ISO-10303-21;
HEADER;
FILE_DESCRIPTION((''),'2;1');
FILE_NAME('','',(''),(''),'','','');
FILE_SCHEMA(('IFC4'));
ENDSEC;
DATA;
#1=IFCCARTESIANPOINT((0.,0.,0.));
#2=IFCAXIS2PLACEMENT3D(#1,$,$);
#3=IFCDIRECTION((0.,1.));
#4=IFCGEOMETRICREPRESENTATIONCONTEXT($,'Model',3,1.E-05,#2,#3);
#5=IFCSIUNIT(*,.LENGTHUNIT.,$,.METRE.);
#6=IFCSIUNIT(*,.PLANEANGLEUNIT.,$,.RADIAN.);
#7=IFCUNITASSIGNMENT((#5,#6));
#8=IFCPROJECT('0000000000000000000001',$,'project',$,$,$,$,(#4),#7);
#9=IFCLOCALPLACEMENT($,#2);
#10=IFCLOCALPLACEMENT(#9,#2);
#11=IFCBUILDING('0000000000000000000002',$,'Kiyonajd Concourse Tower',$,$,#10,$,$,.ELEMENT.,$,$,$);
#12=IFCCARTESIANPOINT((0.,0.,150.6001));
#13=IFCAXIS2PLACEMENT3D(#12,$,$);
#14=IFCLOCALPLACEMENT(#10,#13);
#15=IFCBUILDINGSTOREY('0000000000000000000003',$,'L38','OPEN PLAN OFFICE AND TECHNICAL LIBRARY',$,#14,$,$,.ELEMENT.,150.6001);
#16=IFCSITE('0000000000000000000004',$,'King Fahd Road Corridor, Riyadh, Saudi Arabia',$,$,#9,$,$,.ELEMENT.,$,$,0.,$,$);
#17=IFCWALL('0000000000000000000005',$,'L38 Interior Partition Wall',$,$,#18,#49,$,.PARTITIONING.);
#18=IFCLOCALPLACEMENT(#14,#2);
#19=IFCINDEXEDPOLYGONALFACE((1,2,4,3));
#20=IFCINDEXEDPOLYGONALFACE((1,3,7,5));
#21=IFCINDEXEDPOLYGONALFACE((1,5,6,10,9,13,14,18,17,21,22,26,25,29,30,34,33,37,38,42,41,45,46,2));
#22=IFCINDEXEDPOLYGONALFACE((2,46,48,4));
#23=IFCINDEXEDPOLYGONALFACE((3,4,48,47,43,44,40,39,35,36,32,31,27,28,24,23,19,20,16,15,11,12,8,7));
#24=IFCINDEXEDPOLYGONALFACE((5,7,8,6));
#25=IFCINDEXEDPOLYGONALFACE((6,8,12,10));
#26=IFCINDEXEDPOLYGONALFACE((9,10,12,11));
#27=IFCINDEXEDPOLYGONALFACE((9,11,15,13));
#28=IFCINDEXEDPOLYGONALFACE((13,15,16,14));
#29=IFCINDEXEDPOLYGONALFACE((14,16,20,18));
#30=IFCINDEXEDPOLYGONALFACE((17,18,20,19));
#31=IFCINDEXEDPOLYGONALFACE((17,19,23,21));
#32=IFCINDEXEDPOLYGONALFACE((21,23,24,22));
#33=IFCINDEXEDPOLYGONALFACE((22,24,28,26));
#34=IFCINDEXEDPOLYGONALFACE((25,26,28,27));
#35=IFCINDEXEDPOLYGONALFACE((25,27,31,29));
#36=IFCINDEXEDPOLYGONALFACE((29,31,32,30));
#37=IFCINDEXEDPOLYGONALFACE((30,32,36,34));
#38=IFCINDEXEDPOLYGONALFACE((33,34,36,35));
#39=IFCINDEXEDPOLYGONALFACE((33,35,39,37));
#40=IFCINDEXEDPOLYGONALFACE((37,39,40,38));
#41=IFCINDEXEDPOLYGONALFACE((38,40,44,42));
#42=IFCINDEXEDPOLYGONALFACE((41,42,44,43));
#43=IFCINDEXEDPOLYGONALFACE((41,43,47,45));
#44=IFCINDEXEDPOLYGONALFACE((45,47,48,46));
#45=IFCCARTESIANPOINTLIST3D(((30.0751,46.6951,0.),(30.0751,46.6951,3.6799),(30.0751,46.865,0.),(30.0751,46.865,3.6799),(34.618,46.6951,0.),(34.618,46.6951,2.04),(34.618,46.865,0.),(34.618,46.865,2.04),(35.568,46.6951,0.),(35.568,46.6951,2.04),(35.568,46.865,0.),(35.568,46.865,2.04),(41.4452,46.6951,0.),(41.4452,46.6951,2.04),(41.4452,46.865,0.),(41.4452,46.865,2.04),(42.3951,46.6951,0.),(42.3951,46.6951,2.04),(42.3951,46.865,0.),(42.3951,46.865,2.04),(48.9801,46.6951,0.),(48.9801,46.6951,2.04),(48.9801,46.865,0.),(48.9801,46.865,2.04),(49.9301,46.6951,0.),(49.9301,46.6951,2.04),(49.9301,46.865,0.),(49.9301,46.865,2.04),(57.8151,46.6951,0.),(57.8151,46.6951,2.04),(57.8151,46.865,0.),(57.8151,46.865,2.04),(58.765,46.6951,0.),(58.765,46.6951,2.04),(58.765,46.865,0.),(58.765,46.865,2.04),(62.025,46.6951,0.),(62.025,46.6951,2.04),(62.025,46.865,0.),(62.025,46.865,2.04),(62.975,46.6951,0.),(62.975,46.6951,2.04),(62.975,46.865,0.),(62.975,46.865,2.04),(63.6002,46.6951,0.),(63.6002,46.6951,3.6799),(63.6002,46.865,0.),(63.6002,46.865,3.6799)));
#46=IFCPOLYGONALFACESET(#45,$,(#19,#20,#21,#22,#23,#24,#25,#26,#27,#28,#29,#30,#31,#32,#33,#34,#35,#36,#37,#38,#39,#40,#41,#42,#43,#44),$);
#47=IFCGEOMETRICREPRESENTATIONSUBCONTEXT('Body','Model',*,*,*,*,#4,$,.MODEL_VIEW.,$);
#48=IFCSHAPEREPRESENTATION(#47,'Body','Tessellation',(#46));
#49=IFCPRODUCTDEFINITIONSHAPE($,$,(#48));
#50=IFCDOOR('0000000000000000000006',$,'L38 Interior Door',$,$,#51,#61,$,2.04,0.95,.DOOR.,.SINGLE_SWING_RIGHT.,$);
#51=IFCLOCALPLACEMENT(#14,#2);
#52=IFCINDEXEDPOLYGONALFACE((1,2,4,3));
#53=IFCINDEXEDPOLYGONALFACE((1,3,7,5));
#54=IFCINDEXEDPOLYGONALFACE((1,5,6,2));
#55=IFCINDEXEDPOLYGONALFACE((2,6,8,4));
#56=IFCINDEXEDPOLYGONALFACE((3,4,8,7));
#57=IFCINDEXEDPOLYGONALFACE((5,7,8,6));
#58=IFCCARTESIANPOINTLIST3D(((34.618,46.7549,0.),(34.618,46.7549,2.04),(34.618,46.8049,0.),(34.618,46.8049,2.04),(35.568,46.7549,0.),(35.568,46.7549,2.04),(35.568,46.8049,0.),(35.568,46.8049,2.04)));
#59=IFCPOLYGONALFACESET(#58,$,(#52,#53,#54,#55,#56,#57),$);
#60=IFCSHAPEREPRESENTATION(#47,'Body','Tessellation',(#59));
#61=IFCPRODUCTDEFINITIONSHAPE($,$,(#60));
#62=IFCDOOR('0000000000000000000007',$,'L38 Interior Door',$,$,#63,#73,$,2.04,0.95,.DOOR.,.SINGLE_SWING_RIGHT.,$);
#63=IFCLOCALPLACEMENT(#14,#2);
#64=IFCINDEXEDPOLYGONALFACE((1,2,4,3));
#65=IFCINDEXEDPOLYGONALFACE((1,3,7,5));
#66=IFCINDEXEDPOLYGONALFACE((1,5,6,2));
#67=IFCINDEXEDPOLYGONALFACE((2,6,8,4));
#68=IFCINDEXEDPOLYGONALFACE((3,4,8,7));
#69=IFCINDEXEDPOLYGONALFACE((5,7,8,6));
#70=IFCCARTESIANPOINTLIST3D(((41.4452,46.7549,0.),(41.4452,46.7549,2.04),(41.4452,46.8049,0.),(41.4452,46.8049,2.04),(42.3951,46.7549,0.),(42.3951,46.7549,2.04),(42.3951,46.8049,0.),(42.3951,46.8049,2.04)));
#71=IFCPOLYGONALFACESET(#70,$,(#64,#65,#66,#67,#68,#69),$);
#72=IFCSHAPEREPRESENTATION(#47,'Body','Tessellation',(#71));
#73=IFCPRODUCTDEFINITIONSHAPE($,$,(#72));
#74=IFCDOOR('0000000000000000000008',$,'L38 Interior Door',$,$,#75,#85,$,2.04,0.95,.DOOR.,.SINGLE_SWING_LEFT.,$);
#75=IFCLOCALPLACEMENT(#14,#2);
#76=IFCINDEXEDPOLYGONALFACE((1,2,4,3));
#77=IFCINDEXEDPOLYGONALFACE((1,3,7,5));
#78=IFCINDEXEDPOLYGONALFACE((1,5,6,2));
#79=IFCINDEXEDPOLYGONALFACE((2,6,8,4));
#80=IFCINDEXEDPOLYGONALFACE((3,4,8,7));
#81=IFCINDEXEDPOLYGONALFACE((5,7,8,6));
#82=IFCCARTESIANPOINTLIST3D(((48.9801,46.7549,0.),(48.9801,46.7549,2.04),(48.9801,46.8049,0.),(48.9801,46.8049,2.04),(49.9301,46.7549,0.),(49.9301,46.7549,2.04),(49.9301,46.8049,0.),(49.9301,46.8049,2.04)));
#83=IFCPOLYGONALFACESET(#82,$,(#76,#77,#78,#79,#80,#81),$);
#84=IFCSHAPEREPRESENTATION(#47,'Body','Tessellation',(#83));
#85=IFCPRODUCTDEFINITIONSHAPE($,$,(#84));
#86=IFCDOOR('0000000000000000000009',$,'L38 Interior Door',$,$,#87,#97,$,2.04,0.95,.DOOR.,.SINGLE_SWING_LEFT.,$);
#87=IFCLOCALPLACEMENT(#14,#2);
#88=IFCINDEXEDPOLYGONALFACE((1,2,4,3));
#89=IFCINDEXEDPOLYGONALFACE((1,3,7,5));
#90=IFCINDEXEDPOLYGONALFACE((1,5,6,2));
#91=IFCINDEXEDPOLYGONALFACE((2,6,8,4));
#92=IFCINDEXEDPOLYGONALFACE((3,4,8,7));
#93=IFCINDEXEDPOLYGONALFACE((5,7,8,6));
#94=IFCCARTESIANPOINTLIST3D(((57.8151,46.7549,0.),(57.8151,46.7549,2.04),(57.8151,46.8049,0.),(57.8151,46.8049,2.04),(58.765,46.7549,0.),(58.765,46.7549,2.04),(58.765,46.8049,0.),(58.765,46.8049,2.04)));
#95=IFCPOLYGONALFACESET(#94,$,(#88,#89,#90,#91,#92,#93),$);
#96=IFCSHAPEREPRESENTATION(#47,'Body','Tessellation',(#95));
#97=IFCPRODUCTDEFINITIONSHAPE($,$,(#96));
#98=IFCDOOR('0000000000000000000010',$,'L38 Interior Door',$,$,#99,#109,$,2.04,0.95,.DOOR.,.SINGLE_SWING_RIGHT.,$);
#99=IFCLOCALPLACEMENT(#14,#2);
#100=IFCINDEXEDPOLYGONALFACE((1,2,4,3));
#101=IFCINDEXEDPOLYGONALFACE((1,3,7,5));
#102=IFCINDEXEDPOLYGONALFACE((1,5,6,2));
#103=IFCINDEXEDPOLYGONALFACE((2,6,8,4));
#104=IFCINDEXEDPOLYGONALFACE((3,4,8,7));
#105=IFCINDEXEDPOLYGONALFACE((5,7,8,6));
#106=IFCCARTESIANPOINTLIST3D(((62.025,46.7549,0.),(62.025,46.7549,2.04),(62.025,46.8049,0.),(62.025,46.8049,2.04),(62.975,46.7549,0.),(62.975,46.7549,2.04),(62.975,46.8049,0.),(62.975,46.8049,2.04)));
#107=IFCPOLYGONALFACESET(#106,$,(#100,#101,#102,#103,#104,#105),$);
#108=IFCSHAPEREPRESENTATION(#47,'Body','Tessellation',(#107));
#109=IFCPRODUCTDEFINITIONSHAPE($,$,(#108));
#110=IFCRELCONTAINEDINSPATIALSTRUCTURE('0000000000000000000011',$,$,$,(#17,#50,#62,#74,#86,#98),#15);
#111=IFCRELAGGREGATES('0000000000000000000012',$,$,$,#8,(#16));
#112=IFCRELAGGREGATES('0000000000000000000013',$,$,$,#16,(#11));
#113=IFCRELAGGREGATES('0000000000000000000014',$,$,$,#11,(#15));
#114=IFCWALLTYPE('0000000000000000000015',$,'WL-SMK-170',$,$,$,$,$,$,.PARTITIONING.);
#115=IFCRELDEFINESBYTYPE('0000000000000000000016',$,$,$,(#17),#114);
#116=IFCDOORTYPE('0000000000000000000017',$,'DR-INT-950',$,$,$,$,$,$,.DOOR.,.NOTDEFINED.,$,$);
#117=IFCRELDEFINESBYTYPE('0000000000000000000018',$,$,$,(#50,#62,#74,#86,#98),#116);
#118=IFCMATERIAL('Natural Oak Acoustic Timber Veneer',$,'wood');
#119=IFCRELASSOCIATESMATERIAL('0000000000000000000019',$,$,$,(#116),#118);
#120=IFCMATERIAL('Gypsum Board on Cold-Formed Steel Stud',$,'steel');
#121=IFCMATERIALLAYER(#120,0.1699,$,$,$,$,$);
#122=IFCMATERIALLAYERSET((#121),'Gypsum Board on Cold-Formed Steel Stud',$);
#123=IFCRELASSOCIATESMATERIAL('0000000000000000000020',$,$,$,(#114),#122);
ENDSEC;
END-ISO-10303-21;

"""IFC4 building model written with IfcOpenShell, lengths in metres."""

from ifc_helpers import new_model, si_unit, direction, frame, frame_2d, origin, place, context, subcontext, project, spatial, rectangle, extrude, material, layer, layer_set, type_object, element, fill, save


model = new_model("IFC4")

# Units and contexts
model_context = context("Model", 3, precision=1e-05, world=origin(), true_north=direction((0.0, 1.0)))
body_context = subcontext(model_context, "Body", "Model", "MODEL_VIEW")
ifc_project = project(units=[si_unit("LENGTHUNIT", "METRE"), si_unit("PLANEANGLEUNIT", "RADIAN")], contexts=[model_context])

# Site, building, storey
site_placement = place(None, origin())
site = spatial("IfcSite", under=ifc_project, at=site_placement, Name="King Fahd Road Corridor, Riyadh, Saudi Arabia", CompositionType="ELEMENT", RefElevation=0.0)
building_placement = place(site_placement, origin())
building = spatial("IfcBuilding", under=site, at=building_placement, Name="Kiyonajd Concourse Tower", CompositionType="ELEMENT")
storey_placement = place(building_placement, frame((0.0, 0.0, 150.6001)))
storey = spatial("IfcBuildingStorey", under=building, at=storey_placement, Name="L38", Description="OPEN PLAN OFFICE AND TECHNICAL LIBRARY", CompositionType="ELEMENT", Elevation=150.6001)

# Shared definitions
ifc_material_1 = material(Name="Natural Oak Acoustic Timber Veneer", Category="wood")
door_type_1 = type_object("IfcDoorType", Name="DR-INT-950", OperationType="NOTDEFINED", PredefinedType="DOOR", material=ifc_material_1)

# Shared definitions
ifc_material_2 = material(Name="Gypsum Board on Cold-Formed Steel Stud", Category="steel")

# Wall, openings, doors
ifc_layer_1 = layer(ifc_material_2, 0.1699)
ifc_layer_set_1 = layer_set([ifc_layer_1], Name="Gypsum Board on Cold-Formed Steel Stud")
wall_type_1 = type_object("IfcWallType", Name="WL-SMK-170", PredefinedType="PARTITIONING", material=ifc_layer_set_1)
wall_1_placement = place(storey_placement, frame((30.075, 46.78, 0.0), z_axis=(0.0, 0.0, 1.0), x_axis=(1.0, 0.0, 0.0)))
wall_1 = element("IfcWall", 1, at=wall_1_placement, inside=storey, type_object=wall_type_1, Name="L38 Interior Partition Wall", PredefinedType="PARTITIONING", context=body_context, shape_type="SweptSolid", body=[
    extrude(rectangle(XDim=33.5251, YDim=0.1699, at=frame_2d((16.7627, 0.0))), origin(), (0.0, 0.0, 1.0), 3.6799),
])
opening_1_placement = place(wall_1_placement, frame((4.543, 0.0, 0.0)))
opening_1 = element("IfcOpeningElement", 2, at=opening_1_placement, cuts=wall_1, PredefinedType="OPENING", context=body_context, shape_type="SweptSolid", body=[
    extrude(rectangle(XDim=0.95, YDim=2.04, at=frame_2d((0.4751, 1.02))), frame((0.0, 0.095, 0.0), z_axis=(0.0, -1.0, 0.0), x_axis=(1.0, 0.0, 0.0)), (0.0, 0.0, 1.0), 0.1899),
])
opening_2_placement = place(wall_1_placement, frame((11.3701, 0.0, 0.0)))
opening_2 = element("IfcOpeningElement", 3, at=opening_2_placement, cuts=wall_1, PredefinedType="OPENING", context=body_context, shape_type="SweptSolid", body=[
    extrude(rectangle(XDim=0.95, YDim=2.04, at=frame_2d((0.4751, 1.02))), frame((0.0, 0.095, 0.0), z_axis=(0.0, -1.0, 0.0), x_axis=(1.0, 0.0, 0.0)), (0.0, 0.0, 1.0), 0.1899),
])
opening_3_placement = place(wall_1_placement, frame((18.905, 0.0, 0.0)))
opening_3 = element("IfcOpeningElement", 4, at=opening_3_placement, cuts=wall_1, PredefinedType="OPENING", context=body_context, shape_type="SweptSolid", body=[
    extrude(rectangle(XDim=0.95, YDim=2.04, at=frame_2d((0.4751, 1.02))), frame((0.0, 0.095, 0.0), z_axis=(0.0, -1.0, 0.0), x_axis=(1.0, 0.0, 0.0)), (0.0, 0.0, 1.0), 0.1899),
])
opening_4_placement = place(wall_1_placement, frame((27.74, 0.0, 0.0)))
opening_4 = element("IfcOpeningElement", 5, at=opening_4_placement, cuts=wall_1, PredefinedType="OPENING", context=body_context, shape_type="SweptSolid", body=[
    extrude(rectangle(XDim=0.95, YDim=2.04, at=frame_2d((0.4751, 1.02))), frame((0.0, 0.095, 0.0), z_axis=(0.0, -1.0, 0.0), x_axis=(1.0, 0.0, 0.0)), (0.0, 0.0, 1.0), 0.1899),
])
opening_5_placement = place(wall_1_placement, frame((31.95, 0.0, 0.0)))
opening_5 = element("IfcOpeningElement", 6, at=opening_5_placement, cuts=wall_1, PredefinedType="OPENING", context=body_context, shape_type="SweptSolid", body=[
    extrude(rectangle(XDim=0.95, YDim=2.04, at=frame_2d((0.4751, 1.02))), frame((0.0, 0.095, 0.0), z_axis=(0.0, -1.0, 0.0), x_axis=(1.0, 0.0, 0.0)), (0.0, 0.0, 1.0), 0.1899),
])
door_1_placement = place(opening_1_placement, origin())
door_1 = element("IfcDoor", 7, at=door_1_placement, inside=storey, type_object=door_type_1, Name="L38 Interior Door", OperationType="SINGLE_SWING_RIGHT", OverallHeight=2.04, OverallWidth=0.95, PredefinedType="DOOR", context=body_context, shape_type="SweptSolid", body=[
    extrude(rectangle(XDim=0.95, YDim=2.04, at=frame_2d((0.4751, 1.02))), frame((0.0, 0.0249, 0.0), z_axis=(0.0, -1.0, 0.0), x_axis=(1.0, 0.0, 0.0)), (0.0, 0.0, 1.0), 0.05),
])
fill(opening_1, door_1)
door_2_placement = place(opening_2_placement, origin())
door_2 = element("IfcDoor", 8, at=door_2_placement, inside=storey, type_object=door_type_1, Name="L38 Interior Door", OperationType="SINGLE_SWING_RIGHT", OverallHeight=2.04, OverallWidth=0.95, PredefinedType="DOOR", context=body_context, shape_type="SweptSolid", body=[
    extrude(rectangle(XDim=0.95, YDim=2.04, at=frame_2d((0.4751, 1.02))), frame((0.0, 0.0249, 0.0), z_axis=(0.0, -1.0, 0.0), x_axis=(1.0, 0.0, 0.0)), (0.0, 0.0, 1.0), 0.05),
])
fill(opening_2, door_2)
door_3_placement = place(opening_3_placement, origin())
door_3 = element("IfcDoor", 9, at=door_3_placement, inside=storey, type_object=door_type_1, Name="L38 Interior Door", OperationType="SINGLE_SWING_LEFT", OverallHeight=2.04, OverallWidth=0.95, PredefinedType="DOOR", context=body_context, shape_type="SweptSolid", body=[
    extrude(rectangle(XDim=0.95, YDim=2.04, at=frame_2d((0.4751, 1.02))), frame((0.0, 0.0249, 0.0), z_axis=(0.0, -1.0, 0.0), x_axis=(1.0, 0.0, 0.0)), (0.0, 0.0, 1.0), 0.05),
])
fill(opening_3, door_3)
door_4_placement = place(opening_4_placement, origin())
door_4 = element("IfcDoor", 10, at=door_4_placement, inside=storey, type_object=door_type_1, Name="L38 Interior Door", OperationType="SINGLE_SWING_LEFT", OverallHeight=2.04, OverallWidth=0.95, PredefinedType="DOOR", context=body_context, shape_type="SweptSolid", body=[
    extrude(rectangle(XDim=0.95, YDim=2.04, at=frame_2d((0.4751, 1.02))), frame((0.0, 0.0249, 0.0), z_axis=(0.0, -1.0, 0.0), x_axis=(1.0, 0.0, 0.0)), (0.0, 0.0, 1.0), 0.05),
])
fill(opening_4, door_4)
door_5_placement = place(opening_5_placement, origin())
door_5 = element("IfcDoor", 11, at=door_5_placement, inside=storey, type_object=door_type_1, Name="L38 Interior Door", OperationType="SINGLE_SWING_RIGHT", OverallHeight=2.04, OverallWidth=0.95, PredefinedType="DOOR", context=body_context, shape_type="SweptSolid", body=[
    extrude(rectangle(XDim=0.95, YDim=2.04, at=frame_2d((0.4751, 1.02))), frame((0.0, 0.0249, 0.0), z_axis=(0.0, -1.0, 0.0), x_axis=(1.0, 0.0, 0.0)), (0.0, 0.0, 1.0), 0.05),
])
fill(opening_5, door_5)

save(model, "model.ifc")
